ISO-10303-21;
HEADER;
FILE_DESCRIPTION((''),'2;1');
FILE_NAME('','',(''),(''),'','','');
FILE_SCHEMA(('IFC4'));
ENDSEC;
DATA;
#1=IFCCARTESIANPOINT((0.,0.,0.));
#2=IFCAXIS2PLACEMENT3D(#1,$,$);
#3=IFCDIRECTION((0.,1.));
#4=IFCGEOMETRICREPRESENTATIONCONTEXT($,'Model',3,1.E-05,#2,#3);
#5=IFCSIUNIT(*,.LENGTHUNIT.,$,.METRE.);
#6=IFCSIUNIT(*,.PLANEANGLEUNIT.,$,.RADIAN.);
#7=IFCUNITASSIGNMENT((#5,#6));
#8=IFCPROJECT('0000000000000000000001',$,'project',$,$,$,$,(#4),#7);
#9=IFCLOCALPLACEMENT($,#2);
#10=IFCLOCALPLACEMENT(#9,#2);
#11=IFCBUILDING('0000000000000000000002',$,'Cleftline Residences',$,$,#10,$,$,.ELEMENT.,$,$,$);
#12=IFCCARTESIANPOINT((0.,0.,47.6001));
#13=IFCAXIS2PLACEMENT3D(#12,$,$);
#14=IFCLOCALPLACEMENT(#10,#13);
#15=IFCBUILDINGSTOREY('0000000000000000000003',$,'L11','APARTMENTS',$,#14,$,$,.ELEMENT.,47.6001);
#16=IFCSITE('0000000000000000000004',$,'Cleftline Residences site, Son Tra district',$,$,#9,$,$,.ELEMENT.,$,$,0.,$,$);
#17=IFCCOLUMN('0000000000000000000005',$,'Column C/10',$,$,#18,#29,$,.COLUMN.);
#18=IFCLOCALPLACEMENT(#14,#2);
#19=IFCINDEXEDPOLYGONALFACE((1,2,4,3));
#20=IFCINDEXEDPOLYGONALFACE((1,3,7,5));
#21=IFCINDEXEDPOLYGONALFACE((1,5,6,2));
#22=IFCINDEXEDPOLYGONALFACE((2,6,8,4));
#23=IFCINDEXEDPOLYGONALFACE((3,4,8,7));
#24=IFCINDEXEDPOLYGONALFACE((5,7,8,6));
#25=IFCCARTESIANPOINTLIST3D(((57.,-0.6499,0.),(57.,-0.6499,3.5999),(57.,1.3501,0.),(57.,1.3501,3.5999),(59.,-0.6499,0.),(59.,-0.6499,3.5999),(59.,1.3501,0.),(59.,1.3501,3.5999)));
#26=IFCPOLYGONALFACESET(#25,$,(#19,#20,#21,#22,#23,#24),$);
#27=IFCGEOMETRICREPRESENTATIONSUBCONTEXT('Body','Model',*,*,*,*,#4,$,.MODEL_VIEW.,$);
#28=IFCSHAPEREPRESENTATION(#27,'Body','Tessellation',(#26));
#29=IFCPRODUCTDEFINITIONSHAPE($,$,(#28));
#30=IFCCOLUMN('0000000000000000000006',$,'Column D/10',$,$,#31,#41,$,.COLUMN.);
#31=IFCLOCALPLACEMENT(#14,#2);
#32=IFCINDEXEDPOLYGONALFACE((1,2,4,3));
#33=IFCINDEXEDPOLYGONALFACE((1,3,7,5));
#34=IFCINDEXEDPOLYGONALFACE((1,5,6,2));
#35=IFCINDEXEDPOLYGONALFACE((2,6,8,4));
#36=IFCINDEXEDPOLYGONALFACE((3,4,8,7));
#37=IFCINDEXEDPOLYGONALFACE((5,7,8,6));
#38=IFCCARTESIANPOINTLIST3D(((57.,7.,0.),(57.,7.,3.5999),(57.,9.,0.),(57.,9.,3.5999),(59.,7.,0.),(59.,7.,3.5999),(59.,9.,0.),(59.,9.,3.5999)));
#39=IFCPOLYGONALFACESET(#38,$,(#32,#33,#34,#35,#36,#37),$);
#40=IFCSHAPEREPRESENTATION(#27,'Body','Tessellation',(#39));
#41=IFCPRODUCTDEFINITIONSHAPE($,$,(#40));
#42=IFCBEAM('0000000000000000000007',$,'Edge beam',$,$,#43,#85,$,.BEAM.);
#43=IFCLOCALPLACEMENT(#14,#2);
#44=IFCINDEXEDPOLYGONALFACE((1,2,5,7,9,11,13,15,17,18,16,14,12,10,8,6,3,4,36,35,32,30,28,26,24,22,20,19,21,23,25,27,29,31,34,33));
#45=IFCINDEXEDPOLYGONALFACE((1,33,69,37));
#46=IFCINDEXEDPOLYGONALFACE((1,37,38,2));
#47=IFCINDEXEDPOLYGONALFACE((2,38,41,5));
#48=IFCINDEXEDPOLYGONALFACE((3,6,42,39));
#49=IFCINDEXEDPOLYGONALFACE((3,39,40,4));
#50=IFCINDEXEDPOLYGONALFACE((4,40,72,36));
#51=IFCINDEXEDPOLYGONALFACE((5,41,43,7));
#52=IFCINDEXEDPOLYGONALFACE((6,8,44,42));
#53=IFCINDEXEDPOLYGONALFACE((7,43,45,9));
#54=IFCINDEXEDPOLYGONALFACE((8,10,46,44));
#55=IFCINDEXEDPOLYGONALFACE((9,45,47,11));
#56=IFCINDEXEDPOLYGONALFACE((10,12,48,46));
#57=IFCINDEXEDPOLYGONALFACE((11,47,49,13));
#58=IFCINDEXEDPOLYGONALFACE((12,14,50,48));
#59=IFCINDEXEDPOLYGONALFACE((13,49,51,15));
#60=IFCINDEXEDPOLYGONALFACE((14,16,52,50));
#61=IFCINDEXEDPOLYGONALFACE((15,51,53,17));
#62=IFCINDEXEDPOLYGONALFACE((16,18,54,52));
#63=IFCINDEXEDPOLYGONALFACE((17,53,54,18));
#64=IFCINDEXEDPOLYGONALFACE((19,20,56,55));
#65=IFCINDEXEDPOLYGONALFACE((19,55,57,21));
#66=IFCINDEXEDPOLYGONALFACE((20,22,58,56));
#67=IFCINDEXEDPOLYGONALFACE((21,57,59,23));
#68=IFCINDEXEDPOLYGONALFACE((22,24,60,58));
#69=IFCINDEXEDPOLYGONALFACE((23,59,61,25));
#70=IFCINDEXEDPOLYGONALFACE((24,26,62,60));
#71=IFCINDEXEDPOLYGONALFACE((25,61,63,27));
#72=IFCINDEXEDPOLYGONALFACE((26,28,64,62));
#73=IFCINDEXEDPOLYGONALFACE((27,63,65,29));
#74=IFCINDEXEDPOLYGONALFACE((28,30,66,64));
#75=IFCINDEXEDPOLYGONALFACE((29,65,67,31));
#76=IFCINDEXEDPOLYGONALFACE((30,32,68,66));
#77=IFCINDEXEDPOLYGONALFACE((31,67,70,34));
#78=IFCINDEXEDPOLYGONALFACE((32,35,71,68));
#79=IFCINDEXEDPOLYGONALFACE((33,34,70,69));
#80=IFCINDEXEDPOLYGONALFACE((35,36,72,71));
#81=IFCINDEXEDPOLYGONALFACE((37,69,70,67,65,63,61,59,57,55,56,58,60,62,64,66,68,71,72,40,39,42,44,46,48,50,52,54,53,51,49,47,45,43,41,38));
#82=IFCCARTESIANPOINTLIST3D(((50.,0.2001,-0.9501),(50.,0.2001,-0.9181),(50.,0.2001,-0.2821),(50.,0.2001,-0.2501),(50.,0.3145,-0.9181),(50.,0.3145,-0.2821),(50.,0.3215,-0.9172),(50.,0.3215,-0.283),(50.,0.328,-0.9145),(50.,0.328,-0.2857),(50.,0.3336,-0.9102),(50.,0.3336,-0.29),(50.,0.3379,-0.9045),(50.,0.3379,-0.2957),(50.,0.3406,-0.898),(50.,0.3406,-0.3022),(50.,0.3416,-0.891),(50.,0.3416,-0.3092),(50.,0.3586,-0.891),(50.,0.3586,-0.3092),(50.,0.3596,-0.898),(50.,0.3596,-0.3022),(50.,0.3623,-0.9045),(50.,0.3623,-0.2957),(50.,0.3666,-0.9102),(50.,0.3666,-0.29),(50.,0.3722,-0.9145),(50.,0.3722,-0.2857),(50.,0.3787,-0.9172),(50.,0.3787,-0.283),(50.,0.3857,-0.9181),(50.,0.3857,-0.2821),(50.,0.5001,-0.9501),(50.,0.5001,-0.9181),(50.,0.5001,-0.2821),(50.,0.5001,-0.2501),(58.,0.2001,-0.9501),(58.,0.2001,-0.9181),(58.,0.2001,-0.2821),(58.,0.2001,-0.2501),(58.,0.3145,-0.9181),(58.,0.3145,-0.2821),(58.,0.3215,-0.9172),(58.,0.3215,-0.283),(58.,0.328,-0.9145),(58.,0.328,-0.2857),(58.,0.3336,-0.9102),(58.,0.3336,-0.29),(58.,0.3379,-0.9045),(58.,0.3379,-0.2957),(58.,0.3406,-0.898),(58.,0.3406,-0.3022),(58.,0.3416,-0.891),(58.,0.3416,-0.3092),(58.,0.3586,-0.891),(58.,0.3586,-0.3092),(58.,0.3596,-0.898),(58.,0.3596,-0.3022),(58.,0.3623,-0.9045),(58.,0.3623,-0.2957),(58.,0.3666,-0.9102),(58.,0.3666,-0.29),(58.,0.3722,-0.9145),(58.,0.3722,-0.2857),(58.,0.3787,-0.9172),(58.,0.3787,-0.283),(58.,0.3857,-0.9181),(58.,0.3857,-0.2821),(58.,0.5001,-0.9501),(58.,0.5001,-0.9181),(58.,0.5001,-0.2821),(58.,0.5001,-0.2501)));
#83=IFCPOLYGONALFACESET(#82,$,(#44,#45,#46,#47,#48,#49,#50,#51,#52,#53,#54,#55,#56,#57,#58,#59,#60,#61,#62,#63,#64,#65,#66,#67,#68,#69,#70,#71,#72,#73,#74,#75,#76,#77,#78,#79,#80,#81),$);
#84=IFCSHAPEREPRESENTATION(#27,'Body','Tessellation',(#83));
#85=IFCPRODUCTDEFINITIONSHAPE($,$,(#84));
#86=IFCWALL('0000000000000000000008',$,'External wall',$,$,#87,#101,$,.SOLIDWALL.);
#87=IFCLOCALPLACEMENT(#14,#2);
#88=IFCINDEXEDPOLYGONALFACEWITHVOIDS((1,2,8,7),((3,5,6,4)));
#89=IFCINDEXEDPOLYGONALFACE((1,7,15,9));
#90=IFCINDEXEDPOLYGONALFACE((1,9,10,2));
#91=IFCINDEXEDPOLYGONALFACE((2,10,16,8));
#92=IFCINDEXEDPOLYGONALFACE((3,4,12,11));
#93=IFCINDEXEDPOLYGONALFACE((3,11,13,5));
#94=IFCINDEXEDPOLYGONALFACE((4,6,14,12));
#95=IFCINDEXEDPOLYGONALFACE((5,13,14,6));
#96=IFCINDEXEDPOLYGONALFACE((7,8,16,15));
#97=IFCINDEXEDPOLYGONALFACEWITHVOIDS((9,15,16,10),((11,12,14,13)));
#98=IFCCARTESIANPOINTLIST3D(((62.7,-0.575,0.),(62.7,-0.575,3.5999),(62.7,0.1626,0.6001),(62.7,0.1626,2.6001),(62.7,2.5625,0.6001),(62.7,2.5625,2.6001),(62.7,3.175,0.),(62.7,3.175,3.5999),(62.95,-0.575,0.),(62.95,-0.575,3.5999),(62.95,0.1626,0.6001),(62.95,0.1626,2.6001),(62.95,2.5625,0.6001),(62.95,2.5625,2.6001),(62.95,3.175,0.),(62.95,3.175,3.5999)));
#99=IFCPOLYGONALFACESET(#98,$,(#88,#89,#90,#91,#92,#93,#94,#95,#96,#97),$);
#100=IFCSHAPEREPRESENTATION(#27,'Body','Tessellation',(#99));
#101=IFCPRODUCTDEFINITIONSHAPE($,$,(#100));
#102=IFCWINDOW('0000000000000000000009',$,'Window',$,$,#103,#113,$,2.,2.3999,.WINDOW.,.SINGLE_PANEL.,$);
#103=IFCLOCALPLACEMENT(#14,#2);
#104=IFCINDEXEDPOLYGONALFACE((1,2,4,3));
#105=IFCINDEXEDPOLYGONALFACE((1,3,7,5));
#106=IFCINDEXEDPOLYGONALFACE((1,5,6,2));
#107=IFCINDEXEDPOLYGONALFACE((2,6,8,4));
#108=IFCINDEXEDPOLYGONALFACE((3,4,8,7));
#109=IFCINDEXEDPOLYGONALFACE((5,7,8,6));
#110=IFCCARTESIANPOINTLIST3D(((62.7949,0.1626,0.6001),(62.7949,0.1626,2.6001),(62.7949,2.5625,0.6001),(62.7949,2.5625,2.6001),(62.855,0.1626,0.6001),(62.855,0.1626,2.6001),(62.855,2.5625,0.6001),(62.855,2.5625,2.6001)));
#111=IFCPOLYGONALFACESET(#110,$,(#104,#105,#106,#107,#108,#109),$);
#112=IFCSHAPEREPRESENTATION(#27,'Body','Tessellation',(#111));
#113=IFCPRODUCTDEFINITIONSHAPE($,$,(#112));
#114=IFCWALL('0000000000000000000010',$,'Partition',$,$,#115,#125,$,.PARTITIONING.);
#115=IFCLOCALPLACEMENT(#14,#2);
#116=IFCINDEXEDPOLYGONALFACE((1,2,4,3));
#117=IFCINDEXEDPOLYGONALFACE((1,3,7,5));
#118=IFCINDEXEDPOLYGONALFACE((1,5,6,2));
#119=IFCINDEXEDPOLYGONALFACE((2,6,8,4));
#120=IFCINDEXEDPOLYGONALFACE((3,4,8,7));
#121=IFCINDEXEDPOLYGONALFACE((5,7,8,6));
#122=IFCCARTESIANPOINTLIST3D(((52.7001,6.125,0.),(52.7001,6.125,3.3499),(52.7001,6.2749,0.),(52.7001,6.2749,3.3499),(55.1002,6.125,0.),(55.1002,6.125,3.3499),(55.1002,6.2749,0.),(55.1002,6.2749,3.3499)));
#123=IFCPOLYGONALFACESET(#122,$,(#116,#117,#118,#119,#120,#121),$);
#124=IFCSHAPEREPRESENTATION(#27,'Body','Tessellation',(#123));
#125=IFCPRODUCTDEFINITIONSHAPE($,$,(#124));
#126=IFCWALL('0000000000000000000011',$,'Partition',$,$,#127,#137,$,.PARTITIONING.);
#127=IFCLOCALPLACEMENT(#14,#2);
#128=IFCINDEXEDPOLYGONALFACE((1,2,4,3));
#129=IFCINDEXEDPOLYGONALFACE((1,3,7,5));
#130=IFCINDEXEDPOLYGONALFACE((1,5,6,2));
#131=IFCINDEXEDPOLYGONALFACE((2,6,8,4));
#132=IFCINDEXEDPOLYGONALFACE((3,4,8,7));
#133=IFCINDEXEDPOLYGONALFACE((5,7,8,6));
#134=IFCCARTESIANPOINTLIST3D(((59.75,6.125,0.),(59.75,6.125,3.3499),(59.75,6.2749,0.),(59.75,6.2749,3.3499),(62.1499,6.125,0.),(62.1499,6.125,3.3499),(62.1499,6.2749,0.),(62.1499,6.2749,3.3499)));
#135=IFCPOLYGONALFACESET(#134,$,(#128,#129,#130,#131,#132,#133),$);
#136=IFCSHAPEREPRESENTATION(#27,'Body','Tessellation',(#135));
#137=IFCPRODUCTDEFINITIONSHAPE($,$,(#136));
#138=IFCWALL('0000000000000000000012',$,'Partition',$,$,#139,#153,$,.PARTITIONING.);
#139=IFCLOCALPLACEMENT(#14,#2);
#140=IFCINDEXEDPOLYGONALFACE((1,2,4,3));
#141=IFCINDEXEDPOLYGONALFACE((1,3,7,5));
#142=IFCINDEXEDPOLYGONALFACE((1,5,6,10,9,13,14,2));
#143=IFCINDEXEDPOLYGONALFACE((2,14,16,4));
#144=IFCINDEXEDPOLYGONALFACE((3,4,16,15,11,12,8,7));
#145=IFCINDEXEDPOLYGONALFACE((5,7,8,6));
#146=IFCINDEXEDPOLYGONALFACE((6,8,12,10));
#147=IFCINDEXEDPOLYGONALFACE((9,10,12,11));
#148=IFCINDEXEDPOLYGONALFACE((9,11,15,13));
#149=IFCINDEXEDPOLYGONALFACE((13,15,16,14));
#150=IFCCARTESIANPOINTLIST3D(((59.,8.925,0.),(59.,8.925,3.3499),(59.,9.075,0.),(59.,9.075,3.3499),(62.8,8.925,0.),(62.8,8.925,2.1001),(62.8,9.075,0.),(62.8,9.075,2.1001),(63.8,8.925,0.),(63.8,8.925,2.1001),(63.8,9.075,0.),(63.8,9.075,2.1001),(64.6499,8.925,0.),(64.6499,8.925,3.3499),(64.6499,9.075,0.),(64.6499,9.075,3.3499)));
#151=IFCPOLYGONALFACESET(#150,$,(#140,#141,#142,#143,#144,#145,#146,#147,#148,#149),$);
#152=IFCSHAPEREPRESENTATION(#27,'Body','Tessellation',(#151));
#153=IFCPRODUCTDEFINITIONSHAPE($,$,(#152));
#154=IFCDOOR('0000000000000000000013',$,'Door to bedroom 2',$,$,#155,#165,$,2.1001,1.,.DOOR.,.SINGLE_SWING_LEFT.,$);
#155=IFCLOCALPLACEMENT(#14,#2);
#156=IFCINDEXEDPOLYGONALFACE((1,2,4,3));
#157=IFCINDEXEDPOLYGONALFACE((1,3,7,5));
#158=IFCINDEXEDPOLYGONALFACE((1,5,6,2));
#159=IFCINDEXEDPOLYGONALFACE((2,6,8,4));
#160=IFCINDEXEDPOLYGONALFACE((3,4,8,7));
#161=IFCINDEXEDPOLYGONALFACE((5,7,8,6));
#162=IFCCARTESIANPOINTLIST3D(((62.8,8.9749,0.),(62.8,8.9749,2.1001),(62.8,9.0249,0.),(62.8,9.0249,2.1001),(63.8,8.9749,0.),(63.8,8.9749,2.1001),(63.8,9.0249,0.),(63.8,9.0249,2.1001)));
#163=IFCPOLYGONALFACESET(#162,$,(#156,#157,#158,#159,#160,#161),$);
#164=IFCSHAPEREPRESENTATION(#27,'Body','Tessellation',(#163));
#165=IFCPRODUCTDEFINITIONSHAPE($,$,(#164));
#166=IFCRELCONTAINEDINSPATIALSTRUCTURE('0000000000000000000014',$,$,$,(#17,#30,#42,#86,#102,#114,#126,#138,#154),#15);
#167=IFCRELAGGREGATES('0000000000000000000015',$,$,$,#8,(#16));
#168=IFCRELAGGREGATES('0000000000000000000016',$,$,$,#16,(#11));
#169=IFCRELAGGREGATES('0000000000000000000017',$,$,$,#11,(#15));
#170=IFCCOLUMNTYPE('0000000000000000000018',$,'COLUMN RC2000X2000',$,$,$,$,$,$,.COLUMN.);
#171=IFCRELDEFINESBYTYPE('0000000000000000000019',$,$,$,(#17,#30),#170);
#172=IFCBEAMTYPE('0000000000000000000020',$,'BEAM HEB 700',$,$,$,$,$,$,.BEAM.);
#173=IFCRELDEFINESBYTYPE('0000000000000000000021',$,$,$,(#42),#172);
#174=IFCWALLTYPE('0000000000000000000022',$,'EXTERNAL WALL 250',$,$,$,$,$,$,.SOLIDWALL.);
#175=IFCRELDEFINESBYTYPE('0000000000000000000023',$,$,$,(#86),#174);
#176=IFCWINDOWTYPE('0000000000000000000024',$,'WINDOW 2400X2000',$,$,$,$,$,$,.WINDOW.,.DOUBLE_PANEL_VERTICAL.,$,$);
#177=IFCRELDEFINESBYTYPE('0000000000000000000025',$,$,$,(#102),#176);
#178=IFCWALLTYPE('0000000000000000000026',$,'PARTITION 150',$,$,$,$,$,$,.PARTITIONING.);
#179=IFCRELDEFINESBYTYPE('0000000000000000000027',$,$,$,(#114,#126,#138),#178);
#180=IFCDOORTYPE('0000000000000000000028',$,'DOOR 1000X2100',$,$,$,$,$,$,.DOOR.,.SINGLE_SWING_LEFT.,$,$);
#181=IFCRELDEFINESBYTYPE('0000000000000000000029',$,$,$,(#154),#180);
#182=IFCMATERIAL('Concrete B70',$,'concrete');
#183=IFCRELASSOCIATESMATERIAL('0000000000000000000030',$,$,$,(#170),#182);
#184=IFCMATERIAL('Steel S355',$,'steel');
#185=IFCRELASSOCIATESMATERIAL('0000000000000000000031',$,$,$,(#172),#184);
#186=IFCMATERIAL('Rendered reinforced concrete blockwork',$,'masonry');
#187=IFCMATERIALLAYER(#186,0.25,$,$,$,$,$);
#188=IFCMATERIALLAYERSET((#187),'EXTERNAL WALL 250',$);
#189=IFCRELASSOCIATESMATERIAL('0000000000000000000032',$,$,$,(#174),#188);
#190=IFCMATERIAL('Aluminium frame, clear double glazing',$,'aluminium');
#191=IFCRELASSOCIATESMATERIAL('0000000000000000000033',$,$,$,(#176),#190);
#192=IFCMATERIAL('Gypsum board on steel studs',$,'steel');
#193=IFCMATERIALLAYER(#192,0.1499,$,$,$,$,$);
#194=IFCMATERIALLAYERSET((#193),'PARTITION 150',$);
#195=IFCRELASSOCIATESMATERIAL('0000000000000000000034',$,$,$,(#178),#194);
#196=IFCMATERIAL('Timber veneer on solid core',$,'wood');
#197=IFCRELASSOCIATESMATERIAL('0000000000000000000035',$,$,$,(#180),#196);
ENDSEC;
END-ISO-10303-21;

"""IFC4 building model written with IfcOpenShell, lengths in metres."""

from ifc_helpers import new_model, si_unit, direction, frame, frame_2d, origin, origin_2d, place, context, subcontext, project, spatial, rectangle, i_section, extrude, material, layer, layer_set, material_profile, profile_set, type_object, element, fill, save


model = new_model("IFC4")

# Units and contexts
model_context = context("Model", 3, precision=1e-05, world=origin(), true_north=direction((0.0, 1.0)))
body_context = subcontext(model_context, "Body", "Model", "MODEL_VIEW")
ifc_project = project(units=[si_unit("LENGTHUNIT", "METRE"), si_unit("PLANEANGLEUNIT", "RADIAN")], contexts=[model_context])

# Site, building, storey
site_placement = place(None, origin())
site = spatial("IfcSite", under=ifc_project, at=site_placement, Name="Cleftline Residences site, Son Tra district", CompositionType="ELEMENT", RefElevation=0.0)
building_placement = place(site_placement, origin())
building = spatial("IfcBuilding", under=site, at=building_placement, Name="Cleftline Residences", CompositionType="ELEMENT")
storey_placement = place(building_placement, frame((0.0, 0.0, 47.6001)))
storey = spatial("IfcBuildingStorey", under=building, at=storey_placement, Name="L11", Description="APARTMENTS", CompositionType="ELEMENT", Elevation=47.6001)

# Columns
ifc_material_1 = material(Name="Concrete B70", Category="concrete")
ifc_material_profile_1 = material_profile(ifc_material_1, rectangle(XDim=2.0, YDim=2.0, at=origin_2d()))
ifc_profile_set_1 = profile_set([ifc_material_profile_1], Name="Concrete B70")
column_type = type_object("IfcColumnType", Name="COLUMN RC2000X2000", PredefinedType="COLUMN", material=ifc_profile_set_1)
for number, where, z_axis, x_axis, name in (
    (1, (58.0, 0.3501, 0.0), (0.0, 0.0, 1.0), (1.0, 0.0, 0.0), "Column C/10"),
    (2, (58.0, 8.0, 0.0), (0.0, 0.0, 1.0), (1.0, 0.0, 0.0), "Column D/10"),
):
    element("IfcColumn", number, at=place(storey_placement, frame(where, z_axis=z_axis, x_axis=x_axis)), inside=storey, type_object=column_type, Name=name, PredefinedType="COLUMN", context=body_context, shape_type="SweptSolid", body=[
        extrude(rectangle(XDim=2.0, YDim=2.0, at=origin_2d()), origin(), (0.0, 0.0, 1.0), 3.5999),
    ])

# Beam
ifc_material_2 = material(Name="Steel S355", Category="steel")
ifc_material_profile_2 = material_profile(ifc_material_2, i_section(OverallWidth=0.3, OverallDepth=0.7, WebThickness=0.0171, FlangeThickness=0.032, FilletRadius=0.0271, at=origin_2d()))
ifc_profile_set_2 = profile_set([ifc_material_profile_2], Name="Steel S355")
beam_type = type_object("IfcBeamType", Name="BEAM HEB 700", PredefinedType="BEAM", material=ifc_profile_set_2)
beam_placement = place(storey_placement, frame((58.0, 0.3501, -0.6001), z_axis=(-1.0, 0.0, 0.0), x_axis=(0.0, -1.0, 0.0)))
element("IfcBeam", 3, at=beam_placement, inside=storey, type_object=beam_type, Name="Edge beam", PredefinedType="BEAM", context=body_context, shape_type="SweptSolid", body=[
    extrude(i_section(OverallWidth=0.3, OverallDepth=0.7, WebThickness=0.0171, FlangeThickness=0.032, FilletRadius=0.0271, at=origin_2d()), origin(), (0.0, 0.0, 1.0), 8.0),
])

# Wall, opening, window
ifc_material_3 = material(Name="Rendered reinforced concrete blockwork", Category="masonry")
ifc_layer_1 = layer(ifc_material_3, 0.25)
ifc_layer_set_1 = layer_set([ifc_layer_1], Name="EXTERNAL WALL 250")
wall_type_1 = type_object("IfcWallType", Name="EXTERNAL WALL 250", PredefinedType="SOLIDWALL", material=ifc_layer_set_1)
wall_1_placement = place(storey_placement, frame((62.825, -0.575, 0.0), z_axis=(0.0, 0.0, 1.0), x_axis=(0.0, 1.0, 0.0)))
wall_1 = element("IfcWall", 4, at=wall_1_placement, inside=storey, type_object=wall_type_1, Name="External wall", PredefinedType="SOLIDWALL", context=body_context, shape_type="SweptSolid", body=[
    extrude(rectangle(XDim=3.75, YDim=0.25, at=frame_2d((1.875, 0.0))), origin(), (0.0, 0.0, 1.0), 3.5999),
])
opening_1_placement = place(wall_1_placement, frame((0.7375, 0.0, 0.6001)))
opening_1 = element("IfcOpeningElement", 5, at=opening_1_placement, cuts=wall_1, PredefinedType="OPENING", context=body_context, shape_type="SweptSolid", body=[
    extrude(rectangle(XDim=2.3999, YDim=2.0, at=frame_2d((1.2, 1.0))), frame((0.0, 0.135, 0.0), z_axis=(0.0, -1.0, 0.0), x_axis=(1.0, 0.0, 0.0)), (0.0, 0.0, 1.0), 0.27),
])
ifc_material_4 = material(Name="Aluminium frame, clear double glazing", Category="aluminium")
window_type = type_object("IfcWindowType", Name="WINDOW 2400X2000", PartitioningType="DOUBLE_PANEL_VERTICAL", PredefinedType="WINDOW", material=ifc_material_4)
window_placement = place(opening_1_placement, origin())
window = element("IfcWindow", 6, at=window_placement, inside=storey, type_object=window_type, Name="Window", OverallHeight=2.0, OverallWidth=2.3999, PartitioningType="SINGLE_PANEL", PredefinedType="WINDOW", context=body_context, shape_type="SweptSolid", body=[
    extrude(rectangle(XDim=2.3999, YDim=2.0, at=frame_2d((1.2, 1.0))), frame((0.0, 0.03, 0.0), z_axis=(0.0, -1.0, 0.0), x_axis=(1.0, 0.0, 0.0)), (0.0, 0.0, 1.0), 0.0601),
])
fill(opening_1, window)

# Walls
ifc_material_5 = material(Name="Gypsum board on steel studs", Category="steel")
ifc_layer_2 = layer(ifc_material_5, 0.1499)
ifc_layer_set_2 = layer_set([ifc_layer_2], Name="PARTITION 150")
wall_type_2 = type_object("IfcWallType", Name="PARTITION 150", PredefinedType="PARTITIONING", material=ifc_layer_set_2)
wall_2_placement = place(storey_placement, frame((52.7, 6.2, 0.0), z_axis=(0.0, 0.0, 1.0), x_axis=(1.0, 0.0, 0.0)))
element("IfcWall", 7, at=wall_2_placement, inside=storey, type_object=wall_type_2, Name="Partition", PredefinedType="PARTITIONING", context=body_context, shape_type="SweptSolid", body=[
    extrude(rectangle(XDim=2.4001, YDim=0.1499, at=frame_2d((1.2002, 0.0))), origin(), (0.0, 0.0, 1.0), 3.3499),
])
wall_3_placement = place(storey_placement, frame((59.75, 6.2, 0.0), z_axis=(0.0, 0.0, 1.0), x_axis=(1.0, 0.0, 0.0)))
element("IfcWall", 8, at=wall_3_placement, inside=storey, type_object=wall_type_2, Name="Partition", PredefinedType="PARTITIONING", context=body_context, shape_type="SweptSolid", body=[
    extrude(rectangle(XDim=2.3999, YDim=0.1499, at=frame_2d((1.2, 0.0))), origin(), (0.0, 0.0, 1.0), 3.3499),
])

# Wall, opening, door
wall_4_placement = place(storey_placement, frame((59.0, 9.0, 0.0), z_axis=(0.0, 0.0, 1.0), x_axis=(1.0, 0.0, 0.0)))
wall_4 = element("IfcWall", 9, at=wall_4_placement, inside=storey, type_object=wall_type_2, Name="Partition", PredefinedType="PARTITIONING", context=body_context, shape_type="SweptSolid", body=[
    extrude(rectangle(XDim=5.6499, YDim=0.1499, at=frame_2d((2.825, 0.0))), origin(), (0.0, 0.0, 1.0), 3.3499),
])
opening_2_placement = place(wall_4_placement, frame((3.8, 0.0, 0.0)))
opening_2 = element("IfcOpeningElement", 10, at=opening_2_placement, cuts=wall_4, PredefinedType="OPENING", context=body_context, shape_type="SweptSolid", body=[
    extrude(rectangle(XDim=1.0, YDim=2.1001, at=frame_2d((0.5, 1.05))), frame((0.0, 0.085, 0.0), z_axis=(0.0, -1.0, 0.0), x_axis=(1.0, 0.0, 0.0)), (0.0, 0.0, 1.0), 0.1699),
])
ifc_material_6 = material(Name="Timber veneer on solid core", Category="wood")
door_type_1 = type_object("IfcDoorType", Name="DOOR 1000X2100", OperationType="SINGLE_SWING_LEFT", PredefinedType="DOOR", material=ifc_material_6)
door_1_placement = place(opening_2_placement, origin())
door_1 = element("IfcDoor", 11, at=door_1_placement, inside=storey, type_object=door_type_1, Name="Door to bedroom 2", OperationType="SINGLE_SWING_LEFT", OverallHeight=2.1001, OverallWidth=1.0, PredefinedType="DOOR", context=body_context, shape_type="SweptSolid", body=[
    extrude(rectangle(XDim=1.0, YDim=2.1001, at=frame_2d((0.5, 1.05))), frame((0.0, 0.0249, 0.0), z_axis=(0.0, -1.0, 0.0), x_axis=(1.0, 0.0, 0.0)), (0.0, 0.0, 1.0), 0.05),
])
fill(opening_2, door_1)

save(model, "model.ifc")
